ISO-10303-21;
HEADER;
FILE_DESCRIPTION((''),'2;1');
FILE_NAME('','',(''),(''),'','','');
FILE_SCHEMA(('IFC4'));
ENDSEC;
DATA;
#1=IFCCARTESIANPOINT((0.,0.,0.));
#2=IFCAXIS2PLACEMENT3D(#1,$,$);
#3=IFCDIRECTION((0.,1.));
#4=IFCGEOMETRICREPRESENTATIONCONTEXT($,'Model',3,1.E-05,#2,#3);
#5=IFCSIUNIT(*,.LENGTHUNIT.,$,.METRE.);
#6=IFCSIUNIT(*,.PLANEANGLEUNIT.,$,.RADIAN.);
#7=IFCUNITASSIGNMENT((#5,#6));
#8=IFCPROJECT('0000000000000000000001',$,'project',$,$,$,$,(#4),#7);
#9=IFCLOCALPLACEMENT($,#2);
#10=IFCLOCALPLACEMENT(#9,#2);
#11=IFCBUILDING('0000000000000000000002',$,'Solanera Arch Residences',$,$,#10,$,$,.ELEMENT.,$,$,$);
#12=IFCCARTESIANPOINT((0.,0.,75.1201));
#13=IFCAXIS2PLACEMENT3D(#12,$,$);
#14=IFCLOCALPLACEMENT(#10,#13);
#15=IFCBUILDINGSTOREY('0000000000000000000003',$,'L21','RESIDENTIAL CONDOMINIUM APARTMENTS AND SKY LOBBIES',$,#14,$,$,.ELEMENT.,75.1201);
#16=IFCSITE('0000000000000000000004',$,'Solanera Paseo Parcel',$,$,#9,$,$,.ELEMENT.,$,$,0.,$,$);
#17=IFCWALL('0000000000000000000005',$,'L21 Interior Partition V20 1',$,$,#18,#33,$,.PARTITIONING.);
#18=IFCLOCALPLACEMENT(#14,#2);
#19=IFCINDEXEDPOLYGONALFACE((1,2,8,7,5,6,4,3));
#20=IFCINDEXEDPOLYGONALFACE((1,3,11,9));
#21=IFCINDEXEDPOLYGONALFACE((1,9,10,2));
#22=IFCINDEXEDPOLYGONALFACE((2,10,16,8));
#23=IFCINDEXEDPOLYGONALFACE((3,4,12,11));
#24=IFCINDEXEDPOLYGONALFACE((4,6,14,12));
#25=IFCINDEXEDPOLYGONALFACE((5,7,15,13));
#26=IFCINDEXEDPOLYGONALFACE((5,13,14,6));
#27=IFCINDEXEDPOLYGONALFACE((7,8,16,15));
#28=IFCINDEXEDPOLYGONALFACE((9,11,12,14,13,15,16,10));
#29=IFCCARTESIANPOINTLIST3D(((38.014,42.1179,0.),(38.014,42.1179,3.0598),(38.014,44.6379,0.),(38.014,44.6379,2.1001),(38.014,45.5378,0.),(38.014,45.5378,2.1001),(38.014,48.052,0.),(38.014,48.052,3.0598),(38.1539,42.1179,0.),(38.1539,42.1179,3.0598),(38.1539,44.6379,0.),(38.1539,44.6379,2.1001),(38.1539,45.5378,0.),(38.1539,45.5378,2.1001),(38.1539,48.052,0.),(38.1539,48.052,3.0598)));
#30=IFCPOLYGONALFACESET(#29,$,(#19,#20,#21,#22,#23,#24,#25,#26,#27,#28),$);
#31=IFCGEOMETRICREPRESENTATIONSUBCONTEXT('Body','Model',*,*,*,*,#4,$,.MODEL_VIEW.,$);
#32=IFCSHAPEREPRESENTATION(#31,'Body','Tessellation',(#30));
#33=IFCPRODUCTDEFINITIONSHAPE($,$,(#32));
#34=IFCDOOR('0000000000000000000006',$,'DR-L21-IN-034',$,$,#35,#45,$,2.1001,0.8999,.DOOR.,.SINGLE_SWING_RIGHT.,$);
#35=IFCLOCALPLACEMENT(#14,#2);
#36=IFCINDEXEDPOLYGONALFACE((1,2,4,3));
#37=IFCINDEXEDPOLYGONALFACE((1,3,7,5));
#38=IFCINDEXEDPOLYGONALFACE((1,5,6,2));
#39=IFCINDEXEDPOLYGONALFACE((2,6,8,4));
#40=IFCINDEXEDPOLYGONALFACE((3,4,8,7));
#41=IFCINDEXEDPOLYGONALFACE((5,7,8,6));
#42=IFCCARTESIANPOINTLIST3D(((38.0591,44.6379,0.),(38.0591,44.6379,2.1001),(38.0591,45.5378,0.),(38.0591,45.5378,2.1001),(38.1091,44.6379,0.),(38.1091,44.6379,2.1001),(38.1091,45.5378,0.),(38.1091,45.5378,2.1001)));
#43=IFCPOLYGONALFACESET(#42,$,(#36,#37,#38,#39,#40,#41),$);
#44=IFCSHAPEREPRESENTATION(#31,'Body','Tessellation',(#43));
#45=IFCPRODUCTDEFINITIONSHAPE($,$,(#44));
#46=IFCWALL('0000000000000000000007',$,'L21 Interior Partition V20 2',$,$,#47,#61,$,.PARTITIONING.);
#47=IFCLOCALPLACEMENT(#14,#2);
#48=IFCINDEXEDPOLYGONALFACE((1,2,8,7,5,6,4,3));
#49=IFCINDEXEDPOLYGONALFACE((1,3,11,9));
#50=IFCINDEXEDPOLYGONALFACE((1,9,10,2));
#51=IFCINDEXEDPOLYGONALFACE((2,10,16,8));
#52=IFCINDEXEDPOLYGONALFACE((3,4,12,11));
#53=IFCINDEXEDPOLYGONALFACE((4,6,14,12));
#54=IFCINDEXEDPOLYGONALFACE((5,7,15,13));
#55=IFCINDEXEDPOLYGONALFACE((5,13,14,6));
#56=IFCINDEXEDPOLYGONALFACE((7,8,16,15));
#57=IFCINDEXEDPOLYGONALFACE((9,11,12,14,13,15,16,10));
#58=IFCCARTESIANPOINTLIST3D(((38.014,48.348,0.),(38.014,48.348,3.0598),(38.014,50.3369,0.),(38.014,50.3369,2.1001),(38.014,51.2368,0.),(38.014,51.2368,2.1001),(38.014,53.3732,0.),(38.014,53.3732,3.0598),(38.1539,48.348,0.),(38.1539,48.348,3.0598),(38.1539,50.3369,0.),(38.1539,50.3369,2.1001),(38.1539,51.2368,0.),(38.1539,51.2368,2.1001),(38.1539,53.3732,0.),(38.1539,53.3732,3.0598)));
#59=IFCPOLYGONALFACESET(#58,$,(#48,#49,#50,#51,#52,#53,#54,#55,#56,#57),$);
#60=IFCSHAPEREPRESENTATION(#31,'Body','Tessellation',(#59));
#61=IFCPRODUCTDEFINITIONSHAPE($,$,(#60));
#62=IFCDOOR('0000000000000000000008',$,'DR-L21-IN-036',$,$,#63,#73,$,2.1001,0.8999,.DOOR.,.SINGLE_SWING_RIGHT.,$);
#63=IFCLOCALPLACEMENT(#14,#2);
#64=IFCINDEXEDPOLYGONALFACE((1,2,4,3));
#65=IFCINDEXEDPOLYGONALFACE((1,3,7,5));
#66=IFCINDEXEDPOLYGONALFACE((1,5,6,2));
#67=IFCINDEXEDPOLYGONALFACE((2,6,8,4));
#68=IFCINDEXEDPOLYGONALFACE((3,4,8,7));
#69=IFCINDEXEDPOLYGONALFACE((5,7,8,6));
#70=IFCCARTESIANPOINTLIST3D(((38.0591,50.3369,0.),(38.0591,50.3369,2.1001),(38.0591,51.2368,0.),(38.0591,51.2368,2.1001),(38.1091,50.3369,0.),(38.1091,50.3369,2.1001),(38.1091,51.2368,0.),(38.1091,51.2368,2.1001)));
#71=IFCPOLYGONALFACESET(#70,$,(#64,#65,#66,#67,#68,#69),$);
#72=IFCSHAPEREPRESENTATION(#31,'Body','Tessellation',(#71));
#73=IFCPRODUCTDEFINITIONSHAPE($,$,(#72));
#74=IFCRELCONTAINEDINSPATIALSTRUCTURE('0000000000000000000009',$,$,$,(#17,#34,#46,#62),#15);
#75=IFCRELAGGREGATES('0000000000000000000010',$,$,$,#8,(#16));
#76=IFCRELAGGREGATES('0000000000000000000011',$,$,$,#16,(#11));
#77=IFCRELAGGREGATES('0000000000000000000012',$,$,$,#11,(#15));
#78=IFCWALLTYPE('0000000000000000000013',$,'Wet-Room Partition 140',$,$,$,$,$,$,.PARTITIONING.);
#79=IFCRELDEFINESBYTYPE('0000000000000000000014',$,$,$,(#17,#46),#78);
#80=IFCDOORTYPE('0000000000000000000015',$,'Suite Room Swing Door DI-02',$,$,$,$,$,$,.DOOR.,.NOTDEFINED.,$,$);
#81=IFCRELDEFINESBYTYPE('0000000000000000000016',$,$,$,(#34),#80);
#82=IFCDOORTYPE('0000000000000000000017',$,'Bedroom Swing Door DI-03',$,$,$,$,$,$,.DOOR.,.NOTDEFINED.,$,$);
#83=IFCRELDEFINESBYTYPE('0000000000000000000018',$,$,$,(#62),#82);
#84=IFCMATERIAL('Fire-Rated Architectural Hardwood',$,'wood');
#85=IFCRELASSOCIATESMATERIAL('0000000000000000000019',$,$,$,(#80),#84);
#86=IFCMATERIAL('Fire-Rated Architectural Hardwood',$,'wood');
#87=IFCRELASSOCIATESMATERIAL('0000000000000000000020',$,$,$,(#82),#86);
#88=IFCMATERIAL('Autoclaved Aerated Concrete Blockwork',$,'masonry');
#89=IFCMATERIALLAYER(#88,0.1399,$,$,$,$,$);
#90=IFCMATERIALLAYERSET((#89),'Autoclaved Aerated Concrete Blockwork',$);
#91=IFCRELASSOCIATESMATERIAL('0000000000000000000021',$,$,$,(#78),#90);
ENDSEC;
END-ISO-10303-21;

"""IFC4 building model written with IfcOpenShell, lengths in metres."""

from ifc_helpers import new_model, si_unit, direction, frame, frame_2d, origin, place, context, subcontext, project, spatial, rectangle, extrude, material, layer, layer_set, type_object, element, fill, save


model = new_model("IFC4")

# Units and contexts
model_context = context("Model", 3, precision=1e-05, world=origin(), true_north=direction((0.0, 1.0)))
body_context = subcontext(model_context, "Body", "Model", "MODEL_VIEW")
ifc_project = project(units=[si_unit("LENGTHUNIT", "METRE"), si_unit("PLANEANGLEUNIT", "RADIAN")], contexts=[model_context])

# Site, building, storey
site_placement = place(None, origin())
site = spatial("IfcSite", under=ifc_project, at=site_placement, Name="Solanera Paseo Parcel", CompositionType="ELEMENT", RefElevation=0.0)
building_placement = place(site_placement, origin())
building = spatial("IfcBuilding", under=site, at=building_placement, Name="Solanera Arch Residences", CompositionType="ELEMENT")
storey_placement = place(building_placement, frame((0.0, 0.0, 75.1201)))
storey = spatial("IfcBuildingStorey", under=building, at=storey_placement, Name="L21", Description="RESIDENTIAL CONDOMINIUM APARTMENTS AND SKY LOBBIES", CompositionType="ELEMENT", Elevation=75.1201)

# Shared definitions
ifc_material_1 = material(Name="Fire-Rated Architectural Hardwood", Category="wood")
door_type_1 = type_object("IfcDoorType", Name="Suite Room Swing Door DI-02", OperationType="NOTDEFINED", PredefinedType="DOOR", material=ifc_material_1)
ifc_material_2 = material(Name="Fire-Rated Architectural Hardwood", Category="wood")
door_type_2 = type_object("IfcDoorType", Name="Bedroom Swing Door DI-03", OperationType="NOTDEFINED", PredefinedType="DOOR", material=ifc_material_2)

# Shared definitions
ifc_material_3 = material(Name="Autoclaved Aerated Concrete Blockwork", Category="masonry")
ifc_layer_1 = layer(ifc_material_3, 0.1399)
ifc_layer_set_1 = layer_set([ifc_layer_1], Name="Autoclaved Aerated Concrete Blockwork")
wall_type_1 = type_object("IfcWallType", Name="Wet-Room Partition 140", PredefinedType="PARTITIONING", material=ifc_layer_set_1)

# Walls, openings, doors
wall_1_placement = place(storey_placement, frame((38.084, 42.1179, 0.0), z_axis=(0.0, 0.0, 1.0), x_axis=(0.0, 1.0, 0.0)))
wall_1 = element("IfcWall", 1, at=wall_1_placement, inside=storey, type_object=wall_type_1, Name="L21 Interior Partition V20 1", PredefinedType="PARTITIONING", context=body_context, shape_type="SweptSolid", body=[
    extrude(rectangle(XDim=5.9341, YDim=0.1399, at=frame_2d((2.967, 0.0))), origin(), (0.0, 0.0, 1.0), 3.0598),
])
opening_1_placement = place(wall_1_placement, frame((2.52, 0.0, 0.0)))
opening_1 = element("IfcOpeningElement", 2, at=opening_1_placement, cuts=wall_1, PredefinedType="OPENING", context=body_context, shape_type="SweptSolid", body=[
    extrude(rectangle(XDim=0.8999, YDim=2.1001, at=frame_2d((0.45, 1.05))), frame((0.0, 0.0798, 0.0), z_axis=(0.0, -1.0, 0.0), x_axis=(1.0, 0.0, 0.0)), (0.0, 0.0, 1.0), 0.1599),
])
door_1_placement = place(opening_1_placement, origin())
door_1 = element("IfcDoor", 3, at=door_1_placement, inside=storey, type_object=door_type_1, Name="DR-L21-IN-034", OperationType="SINGLE_SWING_RIGHT", OverallHeight=2.1001, OverallWidth=0.8999, PredefinedType="DOOR", context=body_context, shape_type="SweptSolid", body=[
    extrude(rectangle(XDim=0.8999, YDim=2.1001, at=frame_2d((0.45, 1.05))), frame((0.0, 0.0249, 0.0), z_axis=(0.0, -1.0, 0.0), x_axis=(1.0, 0.0, 0.0)), (0.0, 0.0, 1.0), 0.05),
])
fill(opening_1, door_1)
wall_2_placement = place(storey_placement, frame((38.084, 48.3479, 0.0), z_axis=(0.0, 0.0, 1.0), x_axis=(0.0, 1.0, 0.0)))
wall_2 = element("IfcWall", 4, at=wall_2_placement, inside=storey, type_object=wall_type_1, Name="L21 Interior Partition V20 2", PredefinedType="PARTITIONING", context=body_context, shape_type="SweptSolid", body=[
    extrude(rectangle(XDim=5.0251, YDim=0.1399, at=frame_2d((2.5127, 0.0))), origin(), (0.0, 0.0, 1.0), 3.0598),
])
opening_2_placement = place(wall_2_placement, frame((1.989, 0.0, 0.0)))
opening_2 = element("IfcOpeningElement", 5, at=opening_2_placement, cuts=wall_2, PredefinedType="OPENING", context=body_context, shape_type="SweptSolid", body=[
    extrude(rectangle(XDim=0.8999, YDim=2.1001, at=frame_2d((0.45, 1.05))), frame((0.0, 0.0798, 0.0), z_axis=(0.0, -1.0, 0.0), x_axis=(1.0, 0.0, 0.0)), (0.0, 0.0, 1.0), 0.1599),
])
door_2_placement = place(opening_2_placement, origin())
door_2 = element("IfcDoor", 6, at=door_2_placement, inside=storey, type_object=door_type_2, Name="DR-L21-IN-036", OperationType="SINGLE_SWING_RIGHT", OverallHeight=2.1001, OverallWidth=0.8999, PredefinedType="DOOR", context=body_context, shape_type="SweptSolid", body=[
    extrude(rectangle(XDim=0.8999, YDim=2.1001, at=frame_2d((0.45, 1.05))), frame((0.0, 0.0249, 0.0), z_axis=(0.0, -1.0, 0.0), x_axis=(1.0, 0.0, 0.0)), (0.0, 0.0, 1.0), 0.05),
])
fill(opening_2, door_2)

save(model, "model.ifc")
